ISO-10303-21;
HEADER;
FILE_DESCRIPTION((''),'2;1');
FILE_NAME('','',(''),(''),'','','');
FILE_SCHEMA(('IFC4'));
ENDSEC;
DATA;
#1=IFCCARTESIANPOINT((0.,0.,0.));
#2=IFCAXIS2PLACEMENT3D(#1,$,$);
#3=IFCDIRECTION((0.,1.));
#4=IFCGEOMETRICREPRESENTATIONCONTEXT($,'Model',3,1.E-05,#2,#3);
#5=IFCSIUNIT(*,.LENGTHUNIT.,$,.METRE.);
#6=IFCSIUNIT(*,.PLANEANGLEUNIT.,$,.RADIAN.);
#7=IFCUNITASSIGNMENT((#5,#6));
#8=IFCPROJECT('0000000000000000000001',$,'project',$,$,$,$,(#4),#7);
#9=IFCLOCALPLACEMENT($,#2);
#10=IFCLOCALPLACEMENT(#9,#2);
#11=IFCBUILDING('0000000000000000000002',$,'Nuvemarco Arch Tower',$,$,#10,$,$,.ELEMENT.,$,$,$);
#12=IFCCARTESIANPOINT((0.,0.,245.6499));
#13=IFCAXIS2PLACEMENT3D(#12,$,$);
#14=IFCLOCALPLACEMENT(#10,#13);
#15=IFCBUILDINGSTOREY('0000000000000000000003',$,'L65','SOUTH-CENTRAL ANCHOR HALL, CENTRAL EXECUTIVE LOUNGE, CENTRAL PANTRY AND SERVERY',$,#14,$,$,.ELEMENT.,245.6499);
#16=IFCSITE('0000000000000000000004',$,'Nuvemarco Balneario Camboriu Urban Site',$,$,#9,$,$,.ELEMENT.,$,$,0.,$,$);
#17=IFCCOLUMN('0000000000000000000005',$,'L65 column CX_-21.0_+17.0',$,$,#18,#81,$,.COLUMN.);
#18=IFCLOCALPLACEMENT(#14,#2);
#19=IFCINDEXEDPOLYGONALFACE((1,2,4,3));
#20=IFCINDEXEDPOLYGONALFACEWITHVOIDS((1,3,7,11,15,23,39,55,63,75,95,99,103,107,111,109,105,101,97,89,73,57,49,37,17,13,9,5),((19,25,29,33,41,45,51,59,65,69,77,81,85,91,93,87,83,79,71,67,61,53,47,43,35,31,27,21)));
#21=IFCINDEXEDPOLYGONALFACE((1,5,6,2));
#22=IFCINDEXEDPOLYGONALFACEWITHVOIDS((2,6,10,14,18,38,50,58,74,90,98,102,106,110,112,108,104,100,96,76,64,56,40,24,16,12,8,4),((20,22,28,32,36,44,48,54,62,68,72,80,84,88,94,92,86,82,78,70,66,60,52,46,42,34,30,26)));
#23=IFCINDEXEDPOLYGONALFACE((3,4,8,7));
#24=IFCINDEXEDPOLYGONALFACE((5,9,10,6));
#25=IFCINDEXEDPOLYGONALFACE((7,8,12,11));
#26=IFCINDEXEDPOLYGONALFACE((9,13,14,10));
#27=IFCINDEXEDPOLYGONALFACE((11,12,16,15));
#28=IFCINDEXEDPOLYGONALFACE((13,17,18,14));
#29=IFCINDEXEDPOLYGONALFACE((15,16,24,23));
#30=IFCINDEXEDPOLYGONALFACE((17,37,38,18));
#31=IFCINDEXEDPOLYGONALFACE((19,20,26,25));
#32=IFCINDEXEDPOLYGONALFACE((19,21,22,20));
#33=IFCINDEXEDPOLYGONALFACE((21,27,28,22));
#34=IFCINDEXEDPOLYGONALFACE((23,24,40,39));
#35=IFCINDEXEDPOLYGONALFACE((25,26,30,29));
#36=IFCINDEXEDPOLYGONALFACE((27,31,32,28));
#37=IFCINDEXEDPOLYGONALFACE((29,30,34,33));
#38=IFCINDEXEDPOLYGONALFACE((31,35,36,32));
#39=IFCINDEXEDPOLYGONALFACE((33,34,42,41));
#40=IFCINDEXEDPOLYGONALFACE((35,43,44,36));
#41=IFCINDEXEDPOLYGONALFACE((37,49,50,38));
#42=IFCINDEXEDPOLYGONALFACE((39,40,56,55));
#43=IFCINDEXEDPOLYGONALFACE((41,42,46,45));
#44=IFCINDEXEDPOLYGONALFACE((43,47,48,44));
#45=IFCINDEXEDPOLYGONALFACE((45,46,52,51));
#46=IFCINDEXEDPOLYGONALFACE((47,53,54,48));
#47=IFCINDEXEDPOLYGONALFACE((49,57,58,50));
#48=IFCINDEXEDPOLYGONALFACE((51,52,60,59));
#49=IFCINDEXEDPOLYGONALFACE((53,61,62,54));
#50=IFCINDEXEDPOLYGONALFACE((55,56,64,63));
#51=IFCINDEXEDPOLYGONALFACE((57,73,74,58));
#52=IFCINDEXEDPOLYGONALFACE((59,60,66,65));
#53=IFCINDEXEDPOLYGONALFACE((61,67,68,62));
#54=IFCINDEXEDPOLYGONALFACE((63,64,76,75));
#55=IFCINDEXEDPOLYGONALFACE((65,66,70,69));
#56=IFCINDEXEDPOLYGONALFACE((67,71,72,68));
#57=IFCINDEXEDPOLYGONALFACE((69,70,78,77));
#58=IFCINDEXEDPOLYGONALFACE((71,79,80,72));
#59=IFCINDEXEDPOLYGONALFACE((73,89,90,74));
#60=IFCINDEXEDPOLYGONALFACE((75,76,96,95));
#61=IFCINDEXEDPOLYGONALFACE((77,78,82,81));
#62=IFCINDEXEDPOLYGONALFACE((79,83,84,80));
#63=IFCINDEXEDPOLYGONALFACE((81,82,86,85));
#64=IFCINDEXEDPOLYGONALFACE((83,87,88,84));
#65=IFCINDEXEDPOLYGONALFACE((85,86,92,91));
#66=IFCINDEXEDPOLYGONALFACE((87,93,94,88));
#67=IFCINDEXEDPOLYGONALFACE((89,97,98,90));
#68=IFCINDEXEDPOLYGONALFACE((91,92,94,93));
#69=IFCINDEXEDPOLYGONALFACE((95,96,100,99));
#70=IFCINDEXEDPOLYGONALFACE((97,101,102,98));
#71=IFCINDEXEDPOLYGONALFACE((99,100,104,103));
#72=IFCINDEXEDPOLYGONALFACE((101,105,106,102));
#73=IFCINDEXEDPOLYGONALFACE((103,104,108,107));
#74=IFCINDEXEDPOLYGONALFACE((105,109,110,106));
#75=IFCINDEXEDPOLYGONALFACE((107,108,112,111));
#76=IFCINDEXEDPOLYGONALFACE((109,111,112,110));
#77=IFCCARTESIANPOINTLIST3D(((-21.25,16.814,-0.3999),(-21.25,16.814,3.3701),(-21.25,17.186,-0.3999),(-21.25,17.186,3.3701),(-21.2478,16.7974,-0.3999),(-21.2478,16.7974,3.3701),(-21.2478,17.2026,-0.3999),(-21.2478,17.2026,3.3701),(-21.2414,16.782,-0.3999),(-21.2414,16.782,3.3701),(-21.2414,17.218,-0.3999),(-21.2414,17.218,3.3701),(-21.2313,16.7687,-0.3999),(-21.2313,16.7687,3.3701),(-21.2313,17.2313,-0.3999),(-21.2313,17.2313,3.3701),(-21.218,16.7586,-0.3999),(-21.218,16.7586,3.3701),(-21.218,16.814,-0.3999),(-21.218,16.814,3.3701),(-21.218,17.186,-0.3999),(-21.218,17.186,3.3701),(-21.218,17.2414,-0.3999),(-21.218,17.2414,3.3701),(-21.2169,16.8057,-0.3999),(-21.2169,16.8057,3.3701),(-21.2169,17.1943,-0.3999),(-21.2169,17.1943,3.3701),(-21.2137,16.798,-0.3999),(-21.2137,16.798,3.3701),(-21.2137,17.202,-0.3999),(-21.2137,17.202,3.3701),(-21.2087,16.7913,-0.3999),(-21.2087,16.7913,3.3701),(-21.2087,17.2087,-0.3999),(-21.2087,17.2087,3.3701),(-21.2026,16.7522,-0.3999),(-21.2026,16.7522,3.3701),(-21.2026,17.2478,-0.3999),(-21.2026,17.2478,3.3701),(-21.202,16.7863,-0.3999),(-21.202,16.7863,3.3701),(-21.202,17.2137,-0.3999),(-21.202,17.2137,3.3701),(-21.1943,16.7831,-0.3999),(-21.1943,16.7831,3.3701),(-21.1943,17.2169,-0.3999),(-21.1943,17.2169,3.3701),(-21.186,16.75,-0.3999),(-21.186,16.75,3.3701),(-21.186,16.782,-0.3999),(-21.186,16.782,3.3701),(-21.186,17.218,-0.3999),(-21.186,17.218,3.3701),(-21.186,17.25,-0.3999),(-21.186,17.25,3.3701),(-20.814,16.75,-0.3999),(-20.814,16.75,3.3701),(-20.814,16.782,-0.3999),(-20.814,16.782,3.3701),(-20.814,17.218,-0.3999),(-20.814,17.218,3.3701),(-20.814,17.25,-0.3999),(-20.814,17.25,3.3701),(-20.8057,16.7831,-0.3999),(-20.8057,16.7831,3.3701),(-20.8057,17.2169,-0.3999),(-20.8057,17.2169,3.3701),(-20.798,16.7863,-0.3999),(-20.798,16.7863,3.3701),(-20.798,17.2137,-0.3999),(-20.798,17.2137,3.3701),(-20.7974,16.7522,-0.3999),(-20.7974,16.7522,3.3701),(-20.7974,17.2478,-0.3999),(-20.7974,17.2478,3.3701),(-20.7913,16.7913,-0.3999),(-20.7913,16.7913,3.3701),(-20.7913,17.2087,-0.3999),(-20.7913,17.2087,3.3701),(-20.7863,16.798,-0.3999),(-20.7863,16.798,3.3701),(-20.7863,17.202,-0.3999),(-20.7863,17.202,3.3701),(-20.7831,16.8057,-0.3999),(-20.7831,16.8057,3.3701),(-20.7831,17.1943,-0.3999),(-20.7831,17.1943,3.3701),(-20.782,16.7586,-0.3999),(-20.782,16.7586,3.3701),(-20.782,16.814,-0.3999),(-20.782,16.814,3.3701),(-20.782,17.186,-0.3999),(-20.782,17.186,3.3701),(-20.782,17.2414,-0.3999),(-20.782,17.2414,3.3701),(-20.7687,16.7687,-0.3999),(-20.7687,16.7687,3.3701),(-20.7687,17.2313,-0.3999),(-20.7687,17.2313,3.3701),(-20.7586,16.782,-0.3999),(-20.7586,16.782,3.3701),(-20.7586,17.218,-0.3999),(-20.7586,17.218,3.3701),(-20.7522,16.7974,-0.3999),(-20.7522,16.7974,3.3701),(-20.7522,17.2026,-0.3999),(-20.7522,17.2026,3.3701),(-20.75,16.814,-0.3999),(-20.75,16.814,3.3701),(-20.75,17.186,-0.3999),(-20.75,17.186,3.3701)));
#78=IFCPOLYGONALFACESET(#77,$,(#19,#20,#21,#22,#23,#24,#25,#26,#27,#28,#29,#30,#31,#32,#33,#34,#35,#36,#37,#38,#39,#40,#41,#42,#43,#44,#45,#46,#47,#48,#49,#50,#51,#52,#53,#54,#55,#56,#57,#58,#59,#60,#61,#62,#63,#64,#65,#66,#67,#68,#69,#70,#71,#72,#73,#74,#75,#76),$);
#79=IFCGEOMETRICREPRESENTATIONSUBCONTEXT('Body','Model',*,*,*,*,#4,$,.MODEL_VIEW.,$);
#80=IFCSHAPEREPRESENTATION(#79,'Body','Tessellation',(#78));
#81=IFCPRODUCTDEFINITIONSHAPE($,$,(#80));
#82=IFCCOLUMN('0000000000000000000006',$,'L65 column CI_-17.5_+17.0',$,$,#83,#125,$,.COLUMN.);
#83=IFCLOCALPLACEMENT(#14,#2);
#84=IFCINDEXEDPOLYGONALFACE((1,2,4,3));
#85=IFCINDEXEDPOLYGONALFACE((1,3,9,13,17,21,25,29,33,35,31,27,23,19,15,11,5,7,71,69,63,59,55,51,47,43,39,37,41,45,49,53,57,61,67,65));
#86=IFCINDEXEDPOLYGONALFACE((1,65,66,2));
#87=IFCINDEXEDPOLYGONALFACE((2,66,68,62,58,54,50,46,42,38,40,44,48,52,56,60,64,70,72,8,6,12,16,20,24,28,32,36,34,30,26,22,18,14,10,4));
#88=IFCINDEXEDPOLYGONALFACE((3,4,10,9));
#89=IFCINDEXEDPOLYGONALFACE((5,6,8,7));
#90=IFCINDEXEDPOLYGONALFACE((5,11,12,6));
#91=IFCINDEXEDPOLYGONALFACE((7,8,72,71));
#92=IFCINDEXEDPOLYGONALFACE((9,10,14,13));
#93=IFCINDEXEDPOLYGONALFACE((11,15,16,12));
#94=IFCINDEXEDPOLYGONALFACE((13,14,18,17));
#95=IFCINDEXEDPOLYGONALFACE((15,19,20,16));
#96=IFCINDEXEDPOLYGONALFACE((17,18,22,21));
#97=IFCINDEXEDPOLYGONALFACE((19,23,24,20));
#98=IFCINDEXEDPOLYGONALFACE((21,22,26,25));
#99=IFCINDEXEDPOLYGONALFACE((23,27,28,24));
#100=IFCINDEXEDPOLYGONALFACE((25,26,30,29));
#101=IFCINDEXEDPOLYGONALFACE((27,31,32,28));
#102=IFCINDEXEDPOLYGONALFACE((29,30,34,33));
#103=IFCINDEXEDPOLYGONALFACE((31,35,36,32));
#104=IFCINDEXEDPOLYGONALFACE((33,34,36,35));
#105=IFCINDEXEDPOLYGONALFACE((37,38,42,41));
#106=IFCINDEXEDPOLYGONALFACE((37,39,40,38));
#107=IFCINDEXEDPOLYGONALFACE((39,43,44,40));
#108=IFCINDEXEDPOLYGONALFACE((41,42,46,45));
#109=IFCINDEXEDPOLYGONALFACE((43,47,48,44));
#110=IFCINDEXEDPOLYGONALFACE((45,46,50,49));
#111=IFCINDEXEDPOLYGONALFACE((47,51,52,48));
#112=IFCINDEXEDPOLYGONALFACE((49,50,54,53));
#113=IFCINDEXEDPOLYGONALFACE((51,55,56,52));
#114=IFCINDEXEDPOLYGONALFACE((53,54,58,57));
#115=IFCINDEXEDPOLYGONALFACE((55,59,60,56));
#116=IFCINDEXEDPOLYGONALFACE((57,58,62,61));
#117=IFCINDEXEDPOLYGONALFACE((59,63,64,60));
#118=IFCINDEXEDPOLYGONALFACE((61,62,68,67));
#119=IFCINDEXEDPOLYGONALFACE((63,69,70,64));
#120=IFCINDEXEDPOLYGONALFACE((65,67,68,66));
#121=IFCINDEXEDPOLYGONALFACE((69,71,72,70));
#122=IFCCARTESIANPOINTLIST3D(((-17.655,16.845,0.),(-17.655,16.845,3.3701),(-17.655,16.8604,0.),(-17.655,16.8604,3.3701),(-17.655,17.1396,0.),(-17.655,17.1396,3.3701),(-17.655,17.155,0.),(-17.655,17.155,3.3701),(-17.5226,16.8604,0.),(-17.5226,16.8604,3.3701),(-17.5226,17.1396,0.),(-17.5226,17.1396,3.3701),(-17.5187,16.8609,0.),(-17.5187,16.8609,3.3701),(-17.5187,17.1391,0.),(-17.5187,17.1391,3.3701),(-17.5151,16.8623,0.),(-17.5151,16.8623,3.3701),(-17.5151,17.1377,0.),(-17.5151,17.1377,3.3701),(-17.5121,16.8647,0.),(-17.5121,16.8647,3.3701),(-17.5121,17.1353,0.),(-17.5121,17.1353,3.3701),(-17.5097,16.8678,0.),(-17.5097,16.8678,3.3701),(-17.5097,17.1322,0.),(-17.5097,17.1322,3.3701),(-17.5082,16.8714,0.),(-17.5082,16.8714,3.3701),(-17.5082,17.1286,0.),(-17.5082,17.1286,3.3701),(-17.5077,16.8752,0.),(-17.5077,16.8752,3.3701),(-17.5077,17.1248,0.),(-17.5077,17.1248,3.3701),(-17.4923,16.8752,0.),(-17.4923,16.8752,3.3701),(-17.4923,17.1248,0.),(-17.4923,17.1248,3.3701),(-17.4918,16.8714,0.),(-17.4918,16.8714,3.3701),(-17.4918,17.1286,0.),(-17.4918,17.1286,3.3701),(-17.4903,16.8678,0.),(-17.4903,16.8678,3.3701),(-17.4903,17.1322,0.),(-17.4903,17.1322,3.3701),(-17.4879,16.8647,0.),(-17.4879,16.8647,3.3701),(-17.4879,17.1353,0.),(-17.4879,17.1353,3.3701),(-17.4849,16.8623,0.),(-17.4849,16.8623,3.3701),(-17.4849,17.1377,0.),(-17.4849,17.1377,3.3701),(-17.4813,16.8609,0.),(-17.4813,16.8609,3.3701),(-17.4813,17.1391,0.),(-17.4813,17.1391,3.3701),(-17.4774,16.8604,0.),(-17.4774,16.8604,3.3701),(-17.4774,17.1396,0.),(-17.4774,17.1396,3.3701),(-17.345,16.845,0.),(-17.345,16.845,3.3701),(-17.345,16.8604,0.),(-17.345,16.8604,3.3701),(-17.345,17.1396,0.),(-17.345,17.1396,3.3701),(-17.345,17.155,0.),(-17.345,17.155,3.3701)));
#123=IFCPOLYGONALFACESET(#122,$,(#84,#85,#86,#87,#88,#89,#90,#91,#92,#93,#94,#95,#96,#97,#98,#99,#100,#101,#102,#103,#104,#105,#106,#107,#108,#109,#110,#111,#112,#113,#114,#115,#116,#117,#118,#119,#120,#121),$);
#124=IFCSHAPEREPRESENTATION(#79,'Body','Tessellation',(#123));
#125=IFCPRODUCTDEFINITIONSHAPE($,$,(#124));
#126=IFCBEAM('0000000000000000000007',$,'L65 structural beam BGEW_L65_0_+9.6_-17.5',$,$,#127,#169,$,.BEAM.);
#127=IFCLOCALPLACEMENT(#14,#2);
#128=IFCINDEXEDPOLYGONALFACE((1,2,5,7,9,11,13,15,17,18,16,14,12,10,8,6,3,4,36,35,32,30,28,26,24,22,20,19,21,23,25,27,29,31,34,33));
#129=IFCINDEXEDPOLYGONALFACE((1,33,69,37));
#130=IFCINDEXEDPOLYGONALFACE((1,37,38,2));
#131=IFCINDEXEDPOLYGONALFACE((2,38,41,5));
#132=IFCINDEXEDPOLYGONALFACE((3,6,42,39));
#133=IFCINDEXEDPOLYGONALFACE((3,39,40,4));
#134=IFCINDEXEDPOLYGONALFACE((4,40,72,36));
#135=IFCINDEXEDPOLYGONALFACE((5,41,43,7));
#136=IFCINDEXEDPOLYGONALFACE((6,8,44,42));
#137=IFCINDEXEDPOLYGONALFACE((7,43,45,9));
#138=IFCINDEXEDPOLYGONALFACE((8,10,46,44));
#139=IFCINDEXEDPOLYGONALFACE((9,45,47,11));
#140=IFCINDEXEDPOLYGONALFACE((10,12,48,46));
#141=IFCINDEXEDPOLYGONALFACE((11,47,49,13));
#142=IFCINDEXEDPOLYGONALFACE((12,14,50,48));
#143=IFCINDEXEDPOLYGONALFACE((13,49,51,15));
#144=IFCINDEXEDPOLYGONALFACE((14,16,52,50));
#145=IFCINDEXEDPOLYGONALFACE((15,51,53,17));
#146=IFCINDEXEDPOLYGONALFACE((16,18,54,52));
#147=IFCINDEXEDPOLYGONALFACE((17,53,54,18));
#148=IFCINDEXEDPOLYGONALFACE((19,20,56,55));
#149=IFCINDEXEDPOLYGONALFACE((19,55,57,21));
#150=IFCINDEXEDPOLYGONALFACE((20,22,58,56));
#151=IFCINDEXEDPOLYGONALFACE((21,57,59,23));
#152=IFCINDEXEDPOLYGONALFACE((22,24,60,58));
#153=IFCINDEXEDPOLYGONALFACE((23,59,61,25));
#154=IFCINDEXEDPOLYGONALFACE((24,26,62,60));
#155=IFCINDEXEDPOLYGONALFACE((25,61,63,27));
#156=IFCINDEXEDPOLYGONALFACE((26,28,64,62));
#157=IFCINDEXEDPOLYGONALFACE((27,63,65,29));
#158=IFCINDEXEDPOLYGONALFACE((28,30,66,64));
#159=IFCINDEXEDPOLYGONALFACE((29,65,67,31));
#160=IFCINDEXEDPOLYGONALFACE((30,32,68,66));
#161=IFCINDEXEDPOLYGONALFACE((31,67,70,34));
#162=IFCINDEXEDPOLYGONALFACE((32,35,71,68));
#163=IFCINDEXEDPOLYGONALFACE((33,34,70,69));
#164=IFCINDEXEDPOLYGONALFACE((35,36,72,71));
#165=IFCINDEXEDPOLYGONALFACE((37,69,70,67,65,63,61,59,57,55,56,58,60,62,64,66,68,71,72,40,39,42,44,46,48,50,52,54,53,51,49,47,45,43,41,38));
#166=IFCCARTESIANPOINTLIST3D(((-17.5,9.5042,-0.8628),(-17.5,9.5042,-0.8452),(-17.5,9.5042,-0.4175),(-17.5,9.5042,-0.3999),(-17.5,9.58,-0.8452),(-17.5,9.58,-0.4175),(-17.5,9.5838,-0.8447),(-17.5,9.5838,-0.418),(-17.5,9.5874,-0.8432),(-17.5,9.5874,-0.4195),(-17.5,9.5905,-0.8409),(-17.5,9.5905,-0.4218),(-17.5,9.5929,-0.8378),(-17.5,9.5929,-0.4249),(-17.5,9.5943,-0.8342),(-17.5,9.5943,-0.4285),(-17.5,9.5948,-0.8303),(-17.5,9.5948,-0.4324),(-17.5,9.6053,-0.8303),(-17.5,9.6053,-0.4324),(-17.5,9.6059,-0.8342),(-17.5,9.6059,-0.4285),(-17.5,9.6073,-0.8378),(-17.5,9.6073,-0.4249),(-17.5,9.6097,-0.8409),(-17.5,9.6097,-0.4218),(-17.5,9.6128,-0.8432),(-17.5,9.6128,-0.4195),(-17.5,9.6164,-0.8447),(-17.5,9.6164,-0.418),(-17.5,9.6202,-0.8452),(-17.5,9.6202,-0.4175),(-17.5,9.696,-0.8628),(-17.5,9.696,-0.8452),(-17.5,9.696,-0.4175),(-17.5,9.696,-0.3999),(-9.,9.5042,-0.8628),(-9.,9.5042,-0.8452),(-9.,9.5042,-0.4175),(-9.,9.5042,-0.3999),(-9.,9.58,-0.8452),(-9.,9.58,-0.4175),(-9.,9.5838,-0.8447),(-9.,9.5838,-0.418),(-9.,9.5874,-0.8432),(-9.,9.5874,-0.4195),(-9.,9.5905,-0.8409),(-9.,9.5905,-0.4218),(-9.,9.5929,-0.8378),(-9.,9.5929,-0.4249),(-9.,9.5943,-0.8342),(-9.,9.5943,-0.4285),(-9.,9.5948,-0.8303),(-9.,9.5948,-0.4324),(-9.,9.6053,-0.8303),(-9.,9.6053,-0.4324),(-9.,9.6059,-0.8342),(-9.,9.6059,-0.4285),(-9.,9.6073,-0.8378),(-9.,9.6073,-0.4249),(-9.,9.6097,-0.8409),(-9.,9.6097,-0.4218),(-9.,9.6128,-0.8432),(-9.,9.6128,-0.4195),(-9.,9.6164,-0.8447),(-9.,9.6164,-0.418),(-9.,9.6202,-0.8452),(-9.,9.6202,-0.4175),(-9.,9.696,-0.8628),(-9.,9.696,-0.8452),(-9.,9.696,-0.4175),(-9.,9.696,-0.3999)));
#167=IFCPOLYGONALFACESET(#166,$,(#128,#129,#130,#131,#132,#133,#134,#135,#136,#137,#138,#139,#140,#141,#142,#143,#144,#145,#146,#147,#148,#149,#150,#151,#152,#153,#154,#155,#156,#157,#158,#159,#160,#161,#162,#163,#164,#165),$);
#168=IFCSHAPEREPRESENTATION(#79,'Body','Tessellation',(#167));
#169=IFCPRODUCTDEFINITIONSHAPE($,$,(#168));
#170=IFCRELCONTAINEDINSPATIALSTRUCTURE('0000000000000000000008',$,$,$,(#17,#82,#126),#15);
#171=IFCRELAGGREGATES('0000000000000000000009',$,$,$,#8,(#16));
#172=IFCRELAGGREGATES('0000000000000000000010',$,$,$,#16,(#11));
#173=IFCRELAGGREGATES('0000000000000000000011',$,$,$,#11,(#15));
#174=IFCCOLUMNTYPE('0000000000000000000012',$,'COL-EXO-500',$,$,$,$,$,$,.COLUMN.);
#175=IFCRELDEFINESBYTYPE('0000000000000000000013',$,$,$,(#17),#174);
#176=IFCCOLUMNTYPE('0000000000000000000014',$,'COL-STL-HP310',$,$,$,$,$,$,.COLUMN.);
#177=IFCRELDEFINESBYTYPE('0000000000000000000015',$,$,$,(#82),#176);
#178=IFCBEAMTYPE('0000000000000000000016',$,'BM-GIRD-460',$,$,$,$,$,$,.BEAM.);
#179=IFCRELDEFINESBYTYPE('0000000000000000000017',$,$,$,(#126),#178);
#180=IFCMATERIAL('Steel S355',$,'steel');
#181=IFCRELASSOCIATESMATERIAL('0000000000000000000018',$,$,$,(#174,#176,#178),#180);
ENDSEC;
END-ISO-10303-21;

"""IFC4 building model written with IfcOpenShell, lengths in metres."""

from ifc_helpers import new_model, si_unit, direction, frame, origin, origin_2d, place, context, subcontext, project, spatial, hollow_rectangle, i_section, extrude, material, material_profile, profile_set, type_object, element, save


model = new_model("IFC4")

# Units and contexts
model_context = context("Model", 3, precision=1e-05, world=origin(), true_north=direction((0.0, 1.0)))
body_context = subcontext(model_context, "Body", "Model", "MODEL_VIEW")
ifc_project = project(units=[si_unit("LENGTHUNIT", "METRE"), si_unit("PLANEANGLEUNIT", "RADIAN")], contexts=[model_context])

# Site, building, storey
site_placement = place(None, origin())
site = spatial("IfcSite", under=ifc_project, at=site_placement, Name="Nuvemarco Balneario Camboriu Urban Site", CompositionType="ELEMENT", RefElevation=0.0)
building_placement = place(site_placement, origin())
building = spatial("IfcBuilding", under=site, at=building_placement, Name="Nuvemarco Arch Tower", CompositionType="ELEMENT")
storey_placement = place(building_placement, frame((0.0, 0.0, 245.6499)))
storey = spatial("IfcBuildingStorey", under=building, at=storey_placement, Name="L65", Description="SOUTH-CENTRAL ANCHOR HALL, CENTRAL EXECUTIVE LOUNGE, CENTRAL PANTRY AND SERVERY", CompositionType="ELEMENT", Elevation=245.6499)

# Columns
ifc_material_1 = material(Name="Steel S355", Category="steel")
ifc_material_profile_1 = material_profile(ifc_material_1, hollow_rectangle(XDim=0.5, YDim=0.5, WallThickness=0.032, InnerFilletRadius=0.032, OuterFilletRadius=0.064, at=origin_2d()), Name="SHS500x500x32")
ifc_profile_set_1 = profile_set([ifc_material_profile_1], Name="Steel S355")
column_type_1 = type_object("IfcColumnType", Name="COL-EXO-500", PredefinedType="COLUMN", material=ifc_profile_set_1)
column_1_placement = place(storey_placement, frame((-21.0, 17.0, -0.3999), z_axis=(0.0, 0.0, 1.0), x_axis=(1.0, 0.0, 0.0)))
element("IfcColumn", 1, at=column_1_placement, inside=storey, type_object=column_type_1, Name="L65 column CX_-21.0_+17.0", PredefinedType="COLUMN", context=body_context, shape_type="SweptSolid", body=[
    extrude(hollow_rectangle(XDim=0.5, YDim=0.5, WallThickness=0.032, InnerFilletRadius=0.032, OuterFilletRadius=0.064, at=origin_2d()), origin(), (0.0, 0.0, 1.0), 3.77),
])
ifc_material_profile_2 = material_profile(ifc_material_1, i_section(OverallWidth=0.3101, OverallDepth=0.3101, WebThickness=0.0154, FlangeThickness=0.0154, FilletRadius=0.0149, at=origin_2d()), Name="HP310x110")
ifc_profile_set_2 = profile_set([ifc_material_profile_2], Name="Steel S355")
column_type_2 = type_object("IfcColumnType", Name="COL-STL-HP310", PredefinedType="COLUMN", material=ifc_profile_set_2)
column_2_placement = place(storey_placement, frame((-17.5, 17.0, 0.0), z_axis=(0.0, 0.0, 1.0), x_axis=(1.0, 0.0, 0.0)))
element("IfcColumn", 2, at=column_2_placement, inside=storey, type_object=column_type_2, Name="L65 column CI_-17.5_+17.0", PredefinedType="COLUMN", context=body_context, shape_type="SweptSolid", body=[
    extrude(i_section(OverallWidth=0.3101, OverallDepth=0.3101, WebThickness=0.0154, FlangeThickness=0.0154, FilletRadius=0.0149, at=origin_2d()), origin(), (0.0, 0.0, 1.0), 3.3701),
])

# Beam
ifc_material_profile_3 = material_profile(ifc_material_1, i_section(OverallWidth=0.1919, OverallDepth=0.4629, WebThickness=0.0105, FlangeThickness=0.0176, FilletRadius=0.0149, at=origin_2d()), Name="W460x89")
ifc_profile_set_3 = profile_set([ifc_material_profile_3], Name="Steel S355")
beam_type_1 = type_object("IfcBeamType", Name="BM-GIRD-460", PredefinedType="BEAM", material=ifc_profile_set_3)
for number, where, z_axis, x_axis, name in (
    (3, (-17.5, 9.6001, -0.6313), (1.0, 0.0, 0.0), (0.0, 1.0, 0.0), "L65 structural beam BGEW_L65_0_+9.6_-17.5"),
):
    element("IfcBeam", number, at=place(storey_placement, frame(where, z_axis=z_axis, x_axis=x_axis)), inside=storey, type_object=beam_type_1, Name=name, PredefinedType="BEAM", context=body_context, shape_type="SweptSolid", body=[
        extrude(i_section(OverallWidth=0.1919, OverallDepth=0.4629, WebThickness=0.0105, FlangeThickness=0.0176, FilletRadius=0.0149, at=origin_2d()), origin(), (0.0, 0.0, 1.0), 8.5),
    ])

save(model, "model.ifc")
